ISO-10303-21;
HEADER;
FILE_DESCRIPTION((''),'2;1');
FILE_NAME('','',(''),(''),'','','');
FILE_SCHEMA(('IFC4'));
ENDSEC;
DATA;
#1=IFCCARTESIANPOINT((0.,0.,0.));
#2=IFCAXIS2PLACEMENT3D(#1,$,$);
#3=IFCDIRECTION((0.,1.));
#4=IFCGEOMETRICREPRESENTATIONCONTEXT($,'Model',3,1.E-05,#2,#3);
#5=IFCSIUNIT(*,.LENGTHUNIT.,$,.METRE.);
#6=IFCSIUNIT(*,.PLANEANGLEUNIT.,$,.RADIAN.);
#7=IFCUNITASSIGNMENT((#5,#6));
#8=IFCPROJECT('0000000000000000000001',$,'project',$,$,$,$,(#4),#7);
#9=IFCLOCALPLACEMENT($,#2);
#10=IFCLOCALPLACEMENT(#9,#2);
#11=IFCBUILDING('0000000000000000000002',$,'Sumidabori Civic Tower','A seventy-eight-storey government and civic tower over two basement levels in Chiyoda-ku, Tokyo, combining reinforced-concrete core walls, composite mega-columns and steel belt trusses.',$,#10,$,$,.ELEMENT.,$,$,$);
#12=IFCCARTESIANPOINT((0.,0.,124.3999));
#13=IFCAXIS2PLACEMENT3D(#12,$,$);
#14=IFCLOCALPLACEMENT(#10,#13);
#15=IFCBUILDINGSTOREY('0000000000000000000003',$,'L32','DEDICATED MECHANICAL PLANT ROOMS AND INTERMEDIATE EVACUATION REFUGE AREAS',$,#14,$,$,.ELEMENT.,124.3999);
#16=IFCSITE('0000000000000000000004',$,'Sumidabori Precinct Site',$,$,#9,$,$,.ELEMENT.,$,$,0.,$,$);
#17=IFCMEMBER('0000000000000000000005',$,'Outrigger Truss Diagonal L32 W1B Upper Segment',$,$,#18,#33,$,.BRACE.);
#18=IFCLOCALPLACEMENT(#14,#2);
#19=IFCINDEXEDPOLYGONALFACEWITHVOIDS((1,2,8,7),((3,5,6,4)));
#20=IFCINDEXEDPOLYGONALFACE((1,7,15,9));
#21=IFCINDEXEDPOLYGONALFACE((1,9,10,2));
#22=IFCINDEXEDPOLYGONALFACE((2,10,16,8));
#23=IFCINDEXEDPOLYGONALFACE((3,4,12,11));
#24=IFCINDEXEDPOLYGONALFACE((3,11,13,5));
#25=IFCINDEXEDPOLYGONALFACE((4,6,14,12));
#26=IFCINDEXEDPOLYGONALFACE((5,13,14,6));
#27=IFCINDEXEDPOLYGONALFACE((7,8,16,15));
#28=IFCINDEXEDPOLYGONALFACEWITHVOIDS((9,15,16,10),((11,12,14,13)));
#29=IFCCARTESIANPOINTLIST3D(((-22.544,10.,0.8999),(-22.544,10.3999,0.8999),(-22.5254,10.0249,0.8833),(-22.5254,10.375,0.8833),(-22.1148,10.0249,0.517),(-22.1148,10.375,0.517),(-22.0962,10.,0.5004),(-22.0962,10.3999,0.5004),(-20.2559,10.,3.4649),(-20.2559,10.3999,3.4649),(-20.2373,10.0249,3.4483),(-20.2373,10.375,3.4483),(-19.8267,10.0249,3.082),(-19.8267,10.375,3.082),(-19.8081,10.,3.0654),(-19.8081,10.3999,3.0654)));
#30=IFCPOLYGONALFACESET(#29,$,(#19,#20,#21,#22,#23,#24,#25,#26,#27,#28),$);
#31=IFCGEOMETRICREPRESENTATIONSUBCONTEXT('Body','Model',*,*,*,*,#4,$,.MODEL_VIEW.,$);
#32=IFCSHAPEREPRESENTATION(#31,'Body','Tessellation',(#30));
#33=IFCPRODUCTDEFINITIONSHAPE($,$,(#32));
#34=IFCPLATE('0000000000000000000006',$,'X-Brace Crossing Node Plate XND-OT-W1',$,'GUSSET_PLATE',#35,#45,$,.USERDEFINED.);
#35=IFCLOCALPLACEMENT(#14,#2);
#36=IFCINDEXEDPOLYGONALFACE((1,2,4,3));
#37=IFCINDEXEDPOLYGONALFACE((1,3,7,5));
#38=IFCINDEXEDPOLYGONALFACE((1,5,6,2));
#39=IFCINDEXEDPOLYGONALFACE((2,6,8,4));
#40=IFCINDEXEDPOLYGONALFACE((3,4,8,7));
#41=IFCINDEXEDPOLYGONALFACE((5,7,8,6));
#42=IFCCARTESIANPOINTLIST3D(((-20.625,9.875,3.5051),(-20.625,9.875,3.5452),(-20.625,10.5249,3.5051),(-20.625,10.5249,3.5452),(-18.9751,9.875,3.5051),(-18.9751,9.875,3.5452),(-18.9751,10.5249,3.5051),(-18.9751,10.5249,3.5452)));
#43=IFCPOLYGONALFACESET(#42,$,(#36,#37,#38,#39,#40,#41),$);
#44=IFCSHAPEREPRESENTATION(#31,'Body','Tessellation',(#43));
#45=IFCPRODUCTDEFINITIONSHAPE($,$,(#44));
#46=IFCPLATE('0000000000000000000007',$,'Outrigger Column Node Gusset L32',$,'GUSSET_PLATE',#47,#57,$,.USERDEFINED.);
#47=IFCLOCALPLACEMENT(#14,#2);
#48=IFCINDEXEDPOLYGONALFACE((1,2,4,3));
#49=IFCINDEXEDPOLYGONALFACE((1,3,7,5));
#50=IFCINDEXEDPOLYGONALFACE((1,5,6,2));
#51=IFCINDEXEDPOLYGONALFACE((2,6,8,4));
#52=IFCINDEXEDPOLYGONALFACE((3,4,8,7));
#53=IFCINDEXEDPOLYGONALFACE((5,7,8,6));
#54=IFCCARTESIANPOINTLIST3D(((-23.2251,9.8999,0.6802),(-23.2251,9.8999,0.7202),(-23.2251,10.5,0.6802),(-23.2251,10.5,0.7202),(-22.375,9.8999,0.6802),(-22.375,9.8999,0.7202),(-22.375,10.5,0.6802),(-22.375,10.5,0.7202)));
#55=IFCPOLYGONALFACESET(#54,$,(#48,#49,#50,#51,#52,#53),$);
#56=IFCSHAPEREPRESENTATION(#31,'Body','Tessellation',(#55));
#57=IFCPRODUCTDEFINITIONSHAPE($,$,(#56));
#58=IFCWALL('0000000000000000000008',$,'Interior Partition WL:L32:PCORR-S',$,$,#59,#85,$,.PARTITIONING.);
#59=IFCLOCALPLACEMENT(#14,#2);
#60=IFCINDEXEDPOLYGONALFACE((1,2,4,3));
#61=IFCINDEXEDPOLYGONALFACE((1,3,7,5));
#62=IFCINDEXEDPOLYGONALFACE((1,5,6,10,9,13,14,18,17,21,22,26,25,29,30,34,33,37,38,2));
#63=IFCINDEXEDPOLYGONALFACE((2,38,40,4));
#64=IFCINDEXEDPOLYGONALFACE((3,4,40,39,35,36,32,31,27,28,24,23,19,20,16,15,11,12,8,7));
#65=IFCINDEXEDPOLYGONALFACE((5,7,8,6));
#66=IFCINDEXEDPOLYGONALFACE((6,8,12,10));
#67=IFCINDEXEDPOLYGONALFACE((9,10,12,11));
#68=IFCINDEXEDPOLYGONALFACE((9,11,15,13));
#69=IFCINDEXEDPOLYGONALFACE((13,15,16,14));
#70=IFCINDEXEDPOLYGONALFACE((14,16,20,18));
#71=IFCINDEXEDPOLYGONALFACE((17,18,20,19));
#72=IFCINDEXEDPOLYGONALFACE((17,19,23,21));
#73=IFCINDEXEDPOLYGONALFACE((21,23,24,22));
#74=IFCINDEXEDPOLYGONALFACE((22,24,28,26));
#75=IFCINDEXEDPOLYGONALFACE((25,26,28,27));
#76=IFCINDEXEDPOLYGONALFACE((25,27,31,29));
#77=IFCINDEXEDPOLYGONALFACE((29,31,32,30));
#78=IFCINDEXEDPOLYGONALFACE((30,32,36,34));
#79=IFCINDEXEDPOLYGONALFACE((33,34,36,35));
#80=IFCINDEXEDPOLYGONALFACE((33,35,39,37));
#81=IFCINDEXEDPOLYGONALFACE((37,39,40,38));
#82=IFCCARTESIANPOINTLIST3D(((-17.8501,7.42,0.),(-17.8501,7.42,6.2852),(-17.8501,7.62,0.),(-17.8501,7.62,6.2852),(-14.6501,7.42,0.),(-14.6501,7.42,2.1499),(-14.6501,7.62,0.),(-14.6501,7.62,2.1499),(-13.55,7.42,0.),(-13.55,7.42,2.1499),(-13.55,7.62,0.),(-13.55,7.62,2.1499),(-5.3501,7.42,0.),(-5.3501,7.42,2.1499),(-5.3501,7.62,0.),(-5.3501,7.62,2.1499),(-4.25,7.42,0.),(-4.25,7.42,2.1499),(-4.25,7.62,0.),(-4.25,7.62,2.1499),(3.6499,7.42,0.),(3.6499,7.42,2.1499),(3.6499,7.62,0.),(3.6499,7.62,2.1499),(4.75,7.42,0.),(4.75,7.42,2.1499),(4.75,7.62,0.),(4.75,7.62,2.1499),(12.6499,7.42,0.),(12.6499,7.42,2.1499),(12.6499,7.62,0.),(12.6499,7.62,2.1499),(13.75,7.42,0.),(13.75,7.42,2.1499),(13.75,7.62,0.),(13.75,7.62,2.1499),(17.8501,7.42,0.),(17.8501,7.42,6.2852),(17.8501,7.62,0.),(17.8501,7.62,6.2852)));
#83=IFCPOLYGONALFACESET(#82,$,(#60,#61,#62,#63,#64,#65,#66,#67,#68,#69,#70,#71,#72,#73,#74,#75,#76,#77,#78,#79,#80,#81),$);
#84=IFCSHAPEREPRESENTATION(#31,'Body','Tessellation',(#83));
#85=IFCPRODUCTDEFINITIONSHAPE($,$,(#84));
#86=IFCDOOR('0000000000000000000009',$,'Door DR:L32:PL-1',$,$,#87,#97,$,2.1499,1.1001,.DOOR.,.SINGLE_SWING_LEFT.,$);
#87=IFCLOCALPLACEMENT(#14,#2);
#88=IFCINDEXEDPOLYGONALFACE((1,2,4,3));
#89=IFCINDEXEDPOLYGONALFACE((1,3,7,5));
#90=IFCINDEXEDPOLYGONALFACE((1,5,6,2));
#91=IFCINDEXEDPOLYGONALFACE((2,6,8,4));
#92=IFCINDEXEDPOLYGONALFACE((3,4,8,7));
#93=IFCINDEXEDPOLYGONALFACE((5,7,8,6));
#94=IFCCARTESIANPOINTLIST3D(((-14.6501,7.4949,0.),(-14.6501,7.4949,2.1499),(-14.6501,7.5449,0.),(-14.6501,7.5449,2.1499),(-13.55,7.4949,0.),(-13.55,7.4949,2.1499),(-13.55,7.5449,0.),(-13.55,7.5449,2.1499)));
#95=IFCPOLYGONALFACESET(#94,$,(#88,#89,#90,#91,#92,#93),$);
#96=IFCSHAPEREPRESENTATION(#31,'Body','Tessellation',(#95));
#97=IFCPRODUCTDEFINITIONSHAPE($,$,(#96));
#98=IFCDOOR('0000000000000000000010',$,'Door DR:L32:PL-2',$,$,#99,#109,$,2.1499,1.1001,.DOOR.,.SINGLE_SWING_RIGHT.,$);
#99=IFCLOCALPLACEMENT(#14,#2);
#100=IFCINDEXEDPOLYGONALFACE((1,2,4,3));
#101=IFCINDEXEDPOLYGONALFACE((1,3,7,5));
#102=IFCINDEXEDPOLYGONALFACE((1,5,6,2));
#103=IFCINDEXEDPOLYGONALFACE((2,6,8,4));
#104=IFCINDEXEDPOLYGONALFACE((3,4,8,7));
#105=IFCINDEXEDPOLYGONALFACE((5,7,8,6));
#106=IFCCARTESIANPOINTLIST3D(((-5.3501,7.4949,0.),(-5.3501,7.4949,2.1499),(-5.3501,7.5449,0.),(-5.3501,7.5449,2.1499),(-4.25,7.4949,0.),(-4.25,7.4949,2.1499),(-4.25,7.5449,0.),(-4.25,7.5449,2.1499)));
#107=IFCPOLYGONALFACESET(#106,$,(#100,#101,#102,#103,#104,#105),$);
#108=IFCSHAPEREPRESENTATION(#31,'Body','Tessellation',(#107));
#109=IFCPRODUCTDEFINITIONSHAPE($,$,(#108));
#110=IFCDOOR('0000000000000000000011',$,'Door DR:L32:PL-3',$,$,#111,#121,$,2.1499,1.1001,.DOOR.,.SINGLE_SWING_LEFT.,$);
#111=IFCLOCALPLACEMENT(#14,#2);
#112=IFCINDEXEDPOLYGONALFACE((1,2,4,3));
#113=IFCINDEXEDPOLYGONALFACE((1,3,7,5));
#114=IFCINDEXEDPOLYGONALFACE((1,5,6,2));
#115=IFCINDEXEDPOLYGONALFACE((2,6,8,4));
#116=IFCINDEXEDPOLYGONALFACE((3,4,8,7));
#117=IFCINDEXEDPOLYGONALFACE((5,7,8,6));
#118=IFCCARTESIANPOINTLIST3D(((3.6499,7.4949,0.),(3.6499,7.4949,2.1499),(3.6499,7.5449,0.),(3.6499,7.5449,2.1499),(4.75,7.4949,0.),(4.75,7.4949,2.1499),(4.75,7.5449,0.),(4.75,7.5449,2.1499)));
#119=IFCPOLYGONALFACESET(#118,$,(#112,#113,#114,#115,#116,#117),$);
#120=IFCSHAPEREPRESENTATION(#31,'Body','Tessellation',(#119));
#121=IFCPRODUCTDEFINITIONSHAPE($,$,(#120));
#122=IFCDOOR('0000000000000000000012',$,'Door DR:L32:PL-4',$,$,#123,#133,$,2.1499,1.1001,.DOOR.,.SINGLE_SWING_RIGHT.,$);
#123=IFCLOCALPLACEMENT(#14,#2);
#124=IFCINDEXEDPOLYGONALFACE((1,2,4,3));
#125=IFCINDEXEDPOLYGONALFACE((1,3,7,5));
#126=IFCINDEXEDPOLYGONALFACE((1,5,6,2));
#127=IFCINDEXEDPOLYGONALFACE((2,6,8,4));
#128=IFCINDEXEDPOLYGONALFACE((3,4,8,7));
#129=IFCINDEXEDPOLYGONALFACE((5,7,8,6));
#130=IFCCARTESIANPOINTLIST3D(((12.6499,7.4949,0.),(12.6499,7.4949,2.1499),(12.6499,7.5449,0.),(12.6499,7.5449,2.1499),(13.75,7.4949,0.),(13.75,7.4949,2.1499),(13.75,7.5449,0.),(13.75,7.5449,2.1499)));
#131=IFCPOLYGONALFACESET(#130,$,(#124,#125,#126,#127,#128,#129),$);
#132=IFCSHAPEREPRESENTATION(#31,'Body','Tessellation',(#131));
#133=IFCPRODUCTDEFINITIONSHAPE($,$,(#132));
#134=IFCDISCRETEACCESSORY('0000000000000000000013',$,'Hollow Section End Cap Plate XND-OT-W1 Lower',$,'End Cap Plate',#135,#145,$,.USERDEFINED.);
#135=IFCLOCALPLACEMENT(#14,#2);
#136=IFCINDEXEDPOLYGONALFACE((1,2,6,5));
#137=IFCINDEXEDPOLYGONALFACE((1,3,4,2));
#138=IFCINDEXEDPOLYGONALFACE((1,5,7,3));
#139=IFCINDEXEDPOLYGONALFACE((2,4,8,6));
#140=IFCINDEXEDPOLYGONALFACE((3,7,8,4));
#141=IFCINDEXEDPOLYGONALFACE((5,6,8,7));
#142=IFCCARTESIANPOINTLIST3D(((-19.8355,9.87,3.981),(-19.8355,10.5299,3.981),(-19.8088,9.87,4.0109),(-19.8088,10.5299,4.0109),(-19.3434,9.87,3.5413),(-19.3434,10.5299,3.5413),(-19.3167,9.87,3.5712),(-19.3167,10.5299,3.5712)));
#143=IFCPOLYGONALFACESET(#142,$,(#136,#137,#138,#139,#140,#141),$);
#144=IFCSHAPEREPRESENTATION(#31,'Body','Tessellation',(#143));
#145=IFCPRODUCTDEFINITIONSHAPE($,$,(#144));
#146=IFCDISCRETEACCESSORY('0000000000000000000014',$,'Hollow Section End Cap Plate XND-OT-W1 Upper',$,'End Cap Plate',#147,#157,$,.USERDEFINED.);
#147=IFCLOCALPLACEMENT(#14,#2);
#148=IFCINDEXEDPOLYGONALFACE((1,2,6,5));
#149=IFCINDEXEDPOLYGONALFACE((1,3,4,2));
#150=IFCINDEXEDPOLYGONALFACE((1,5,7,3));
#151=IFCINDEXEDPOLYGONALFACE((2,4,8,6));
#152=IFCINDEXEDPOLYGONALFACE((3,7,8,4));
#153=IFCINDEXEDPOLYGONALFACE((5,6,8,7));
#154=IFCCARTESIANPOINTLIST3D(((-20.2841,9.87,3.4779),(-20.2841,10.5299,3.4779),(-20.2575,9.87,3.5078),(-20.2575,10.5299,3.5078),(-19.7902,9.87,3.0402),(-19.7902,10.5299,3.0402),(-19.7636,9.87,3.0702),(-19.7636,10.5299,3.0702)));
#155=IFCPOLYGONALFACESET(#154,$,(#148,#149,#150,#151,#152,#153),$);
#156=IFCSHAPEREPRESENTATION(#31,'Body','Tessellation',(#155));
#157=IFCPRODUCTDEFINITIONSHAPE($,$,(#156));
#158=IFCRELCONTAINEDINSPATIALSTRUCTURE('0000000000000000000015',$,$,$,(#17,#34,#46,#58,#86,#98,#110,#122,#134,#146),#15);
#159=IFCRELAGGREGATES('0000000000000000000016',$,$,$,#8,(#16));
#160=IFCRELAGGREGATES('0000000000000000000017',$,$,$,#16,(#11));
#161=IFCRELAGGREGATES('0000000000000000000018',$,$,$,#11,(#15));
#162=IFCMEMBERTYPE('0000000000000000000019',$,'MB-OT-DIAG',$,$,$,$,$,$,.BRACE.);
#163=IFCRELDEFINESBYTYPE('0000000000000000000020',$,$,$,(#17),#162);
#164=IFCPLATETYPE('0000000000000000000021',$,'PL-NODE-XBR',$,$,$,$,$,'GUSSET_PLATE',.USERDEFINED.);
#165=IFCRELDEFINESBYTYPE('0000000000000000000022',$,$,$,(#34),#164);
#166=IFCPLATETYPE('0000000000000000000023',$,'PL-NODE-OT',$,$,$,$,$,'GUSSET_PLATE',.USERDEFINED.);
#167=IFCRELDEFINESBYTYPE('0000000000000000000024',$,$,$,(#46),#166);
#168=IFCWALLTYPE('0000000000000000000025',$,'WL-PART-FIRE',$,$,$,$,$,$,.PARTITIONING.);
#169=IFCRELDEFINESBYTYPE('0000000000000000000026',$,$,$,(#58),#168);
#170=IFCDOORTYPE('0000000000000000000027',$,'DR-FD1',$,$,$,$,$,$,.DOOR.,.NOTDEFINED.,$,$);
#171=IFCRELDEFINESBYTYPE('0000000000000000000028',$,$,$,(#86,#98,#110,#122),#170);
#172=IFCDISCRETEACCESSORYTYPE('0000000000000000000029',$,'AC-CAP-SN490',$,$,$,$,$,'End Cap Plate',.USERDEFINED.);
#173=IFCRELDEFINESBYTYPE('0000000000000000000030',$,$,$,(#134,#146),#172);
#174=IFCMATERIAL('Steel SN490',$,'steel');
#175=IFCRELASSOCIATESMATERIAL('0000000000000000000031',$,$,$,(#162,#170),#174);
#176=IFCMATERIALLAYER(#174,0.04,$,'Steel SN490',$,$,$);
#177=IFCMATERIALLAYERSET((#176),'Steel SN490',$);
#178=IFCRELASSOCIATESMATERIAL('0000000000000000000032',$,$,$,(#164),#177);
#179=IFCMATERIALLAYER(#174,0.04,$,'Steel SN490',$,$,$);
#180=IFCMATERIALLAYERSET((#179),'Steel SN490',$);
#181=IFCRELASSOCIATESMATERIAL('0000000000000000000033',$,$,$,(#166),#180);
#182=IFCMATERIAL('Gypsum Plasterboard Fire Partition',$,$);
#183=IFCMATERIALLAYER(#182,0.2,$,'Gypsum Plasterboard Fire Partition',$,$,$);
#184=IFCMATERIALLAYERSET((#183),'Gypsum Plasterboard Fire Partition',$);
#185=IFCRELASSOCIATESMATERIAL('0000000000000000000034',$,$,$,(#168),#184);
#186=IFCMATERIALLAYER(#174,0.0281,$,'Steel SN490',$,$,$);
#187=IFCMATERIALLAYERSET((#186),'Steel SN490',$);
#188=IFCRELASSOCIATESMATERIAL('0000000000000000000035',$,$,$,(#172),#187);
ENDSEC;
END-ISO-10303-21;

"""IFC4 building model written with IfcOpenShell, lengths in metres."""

from ifc_helpers import new_model, si_unit, direction, frame, frame_2d, origin, origin_2d, place, context, subcontext, project, spatial, rectangle, hollow_rectangle, extrude, source, transform, mapped, material, layer, layer_set, material_profile, profile_set, type_object, element, fill, save


model = new_model("IFC4")

# Units and contexts
model_context = context("Model", 3, precision=1e-05, world=origin(), true_north=direction((0.0, 1.0)))
body_context = subcontext(model_context, "Body", "Model", "MODEL_VIEW")
ifc_project = project(units=[si_unit("LENGTHUNIT", "METRE"), si_unit("PLANEANGLEUNIT", "RADIAN")], contexts=[model_context])

# Site, building, storey
site_placement = place(None, origin())
site = spatial("IfcSite", under=ifc_project, at=site_placement, Name="Sumidabori Precinct Site", CompositionType="ELEMENT", RefElevation=0.0)
building_placement = place(site_placement, origin())
building = spatial("IfcBuilding", under=site, at=building_placement, Name="Sumidabori Civic Tower", Description="A seventy-eight-storey government and civic tower over two basement levels in Chiyoda-ku, Tokyo, combining reinforced-concrete core walls, composite mega-columns and steel belt trusses.", CompositionType="ELEMENT")
storey_placement = place(building_placement, frame((0.0, 0.0, 124.3999)))
storey = spatial("IfcBuildingStorey", under=building, at=storey_placement, Name="L32", Description="DEDICATED MECHANICAL PLANT ROOMS AND INTERMEDIATE EVACUATION REFUGE AREAS", CompositionType="ELEMENT", Elevation=124.3999)

# Shared definitions
ifc_material_1 = material(Name="Steel SN490", Category="steel")

# Member
ifc_material_profile_1 = material_profile(ifc_material_1, hollow_rectangle(XDim=0.3999, YDim=0.6001, WallThickness=0.0249, at=origin_2d()), Name="RHS 600x400x25")
ifc_profile_set_1 = profile_set([ifc_material_profile_1], Name="Steel SN490")
member_type = type_object("IfcMemberType", Name="MB-OT-DIAG", PredefinedType="BRACE", material=ifc_profile_set_1)
shared_shape_1 = source(origin(), body_context, "Body", "SweptSolid", [
    extrude(hollow_rectangle(XDim=0.3999, YDim=0.6001, WallThickness=0.0249, at=origin_2d()), origin(), (0.0, 0.0, 1.0), 3.4373),
])
member_1_placement = place(storey_placement, frame((-20.032, 10.2, 3.2651), z_axis=(-0.665685, 0.0, -0.746232), x_axis=(0.0, -1.0, 0.0)))
element("IfcMember", 1, at=member_1_placement, inside=storey, type_object=member_type, Name="Outrigger Truss Diagonal L32 W1B Upper Segment", PredefinedType="BRACE", context=body_context, shape_type="MappedRepresentation", body=[
    mapped(shared_shape_1, transform((0.0, 0.0, 0.0), x_axis=(1.0, 0.0, 0.0), y_axis=(0.0, 1.0, 0.0), z_axis=(0.0, 0.0, 1.0), scale=1.0)),
])

# Plates
ifc_layer_1 = layer(ifc_material_1, 0.04, Name="Steel SN490")
ifc_layer_set_1 = layer_set([ifc_layer_1], Name="Steel SN490")
plate_type_1 = type_object("IfcPlateType", Name="PL-NODE-XBR", ElementType="GUSSET_PLATE", PredefinedType="USERDEFINED", material=ifc_layer_set_1)
shared_shape_2 = source(origin(), body_context, "Body", "SweptSolid", [
    extrude(rectangle(XDim=1.6499, YDim=0.6499, at=origin_2d()), origin(), (0.0, 0.0, 1.0), 0.04),
])
plate_1_placement = place(storey_placement, frame((-19.8, 10.2, 3.5051), z_axis=(0.0, 0.0, 1.0), x_axis=(-1.0, 0.0, 0.0)))
element("IfcPlate", 2, at=plate_1_placement, inside=storey, type_object=plate_type_1, Name="X-Brace Crossing Node Plate XND-OT-W1", ObjectType="GUSSET_PLATE", PredefinedType="USERDEFINED", context=body_context, shape_type="MappedRepresentation", body=[
    mapped(shared_shape_2, transform((0.0, 0.0, 0.0), x_axis=(1.0, 0.0, 0.0), y_axis=(0.0, 1.0, 0.0), z_axis=(0.0, 0.0, 1.0), scale=1.0)),
])
ifc_layer_2 = layer(ifc_material_1, 0.04, Name="Steel SN490")
ifc_layer_set_2 = layer_set([ifc_layer_2], Name="Steel SN490")
plate_type_2 = type_object("IfcPlateType", Name="PL-NODE-OT", ElementType="GUSSET_PLATE", PredefinedType="USERDEFINED", material=ifc_layer_set_2)
shared_shape_3 = source(origin(), body_context, "Body", "SweptSolid", [
    extrude(rectangle(XDim=0.8501, YDim=0.6001, at=origin_2d()), origin(), (0.0, 0.0, 1.0), 0.04),
])
plate_2_placement = place(storey_placement, frame((-22.8, 10.2, 0.6802), z_axis=(0.0, 0.0, 1.0), x_axis=(1.0, 0.0, 0.0)))
element("IfcPlate", 3, at=plate_2_placement, inside=storey, type_object=plate_type_2, Name="Outrigger Column Node Gusset L32", ObjectType="GUSSET_PLATE", PredefinedType="USERDEFINED", context=body_context, shape_type="MappedRepresentation", body=[
    mapped(shared_shape_3, transform((0.0, 0.0, 0.0), x_axis=(1.0, 0.0, 0.0), y_axis=(0.0, 1.0, 0.0), z_axis=(0.0, 0.0, 1.0), scale=1.0)),
])

# Wall, openings, doors
ifc_material_2 = material(Name="Gypsum Plasterboard Fire Partition")
ifc_layer_3 = layer(ifc_material_2, 0.2, Name="Gypsum Plasterboard Fire Partition")
ifc_layer_set_3 = layer_set([ifc_layer_3], Name="Gypsum Plasterboard Fire Partition")
wall_type = type_object("IfcWallType", Name="WL-PART-FIRE", PredefinedType="PARTITIONING", material=ifc_layer_set_3)
shared_shape_4 = source(origin(), body_context, "Body", "SweptSolid", [
    extrude(rectangle(XDim=35.7002, YDim=0.2, at=frame_2d((17.8501, 0.0))), origin(), (0.0, 0.0, 1.0), 6.2852),
])
wall_placement = place(storey_placement, frame((-17.8501, 7.52, 0.0), z_axis=(0.0, 0.0, 1.0), x_axis=(1.0, 0.0, 0.0)))
wall = element("IfcWall", 4, at=wall_placement, inside=storey, type_object=wall_type, Name="Interior Partition WL:L32:PCORR-S", PredefinedType="PARTITIONING", context=body_context, shape_type="MappedRepresentation", body=[
    mapped(shared_shape_4, transform((0.0, 0.0, 0.0), x_axis=(1.0, 0.0, 0.0), y_axis=(0.0, 1.0, 0.0), z_axis=(0.0, 0.0, 1.0), scale=1.0)),
])
opening_1_placement = place(wall_placement, frame((3.2, 0.0, 0.0)))
opening_1 = element("IfcOpeningElement", 5, at=opening_1_placement, cuts=wall, PredefinedType="OPENING", context=body_context, shape_type="SweptSolid", body=[
    extrude(rectangle(XDim=1.1001, YDim=2.1499, at=frame_2d((0.55, 1.075))), frame((0.0, 0.1118, 0.0), z_axis=(0.0, -1.0, 0.0), x_axis=(1.0, 0.0, 0.0)), (0.0, 0.0, 1.0), 0.2239),
])
opening_2_placement = place(wall_placement, frame((12.5, 0.0, 0.0)))
opening_2 = element("IfcOpeningElement", 6, at=opening_2_placement, cuts=wall, PredefinedType="OPENING", context=body_context, shape_type="SweptSolid", body=[
    extrude(rectangle(XDim=1.1001, YDim=2.1499, at=frame_2d((0.55, 1.075))), frame((0.0, 0.1118, 0.0), z_axis=(0.0, -1.0, 0.0), x_axis=(1.0, 0.0, 0.0)), (0.0, 0.0, 1.0), 0.2239),
])
opening_3_placement = place(wall_placement, frame((21.5, 0.0, 0.0)))
opening_3 = element("IfcOpeningElement", 7, at=opening_3_placement, cuts=wall, PredefinedType="OPENING", context=body_context, shape_type="SweptSolid", body=[
    extrude(rectangle(XDim=1.1001, YDim=2.1499, at=frame_2d((0.55, 1.075))), frame((0.0, 0.1118, 0.0), z_axis=(0.0, -1.0, 0.0), x_axis=(1.0, 0.0, 0.0)), (0.0, 0.0, 1.0), 0.2239),
])
opening_4_placement = place(wall_placement, frame((30.5, 0.0, 0.0)))
opening_4 = element("IfcOpeningElement", 8, at=opening_4_placement, cuts=wall, PredefinedType="OPENING", context=body_context, shape_type="SweptSolid", body=[
    extrude(rectangle(XDim=1.1001, YDim=2.1499, at=frame_2d((0.55, 1.075))), frame((0.0, 0.1118, 0.0), z_axis=(0.0, -1.0, 0.0), x_axis=(1.0, 0.0, 0.0)), (0.0, 0.0, 1.0), 0.2239),
])
door_type = type_object("IfcDoorType", Name="DR-FD1", OperationType="NOTDEFINED", PredefinedType="DOOR", material=ifc_material_1)
shared_shape_5 = source(origin(), body_context, "Body", "SweptSolid", [
    extrude(rectangle(XDim=1.1001, YDim=2.1499, at=frame_2d((0.55, 1.075))), frame((0.0, 0.0249, 0.0), z_axis=(0.0, -1.0, 0.0), x_axis=(1.0, 0.0, 0.0)), (0.0, 0.0, 1.0), 0.05),
])
door_1_placement = place(opening_1_placement, origin())
door_1 = element("IfcDoor", 9, at=door_1_placement, inside=storey, type_object=door_type, Name="Door DR:L32:PL-1", OperationType="SINGLE_SWING_LEFT", OverallHeight=2.1499, OverallWidth=1.1001, PredefinedType="DOOR", context=body_context, shape_type="MappedRepresentation", body=[
    mapped(shared_shape_5, transform((0.0, 0.0, 0.0), x_axis=(1.0, 0.0, 0.0), y_axis=(0.0, 1.0, 0.0), z_axis=(0.0, 0.0, 1.0), scale=1.0)),
])
fill(opening_1, door_1)
door_2_placement = place(opening_2_placement, origin())
door_2 = element("IfcDoor", 10, at=door_2_placement, inside=storey, type_object=door_type, Name="Door DR:L32:PL-2", OperationType="SINGLE_SWING_RIGHT", OverallHeight=2.1499, OverallWidth=1.1001, PredefinedType="DOOR", context=body_context, shape_type="MappedRepresentation", body=[
    mapped(shared_shape_5, transform((0.0, 0.0, 0.0), x_axis=(1.0, 0.0, 0.0), y_axis=(0.0, 1.0, 0.0), z_axis=(0.0, 0.0, 1.0), scale=1.0)),
])
fill(opening_2, door_2)
door_3_placement = place(opening_3_placement, origin())
door_3 = element("IfcDoor", 11, at=door_3_placement, inside=storey, type_object=door_type, Name="Door DR:L32:PL-3", OperationType="SINGLE_SWING_LEFT", OverallHeight=2.1499, OverallWidth=1.1001, PredefinedType="DOOR", context=body_context, shape_type="MappedRepresentation", body=[
    mapped(shared_shape_5, transform((0.0, 0.0, 0.0), x_axis=(1.0, 0.0, 0.0), y_axis=(0.0, 1.0, 0.0), z_axis=(0.0, 0.0, 1.0), scale=1.0)),
])
fill(opening_3, door_3)
door_4_placement = place(opening_4_placement, origin())
door_4 = element("IfcDoor", 12, at=door_4_placement, inside=storey, type_object=door_type, Name="Door DR:L32:PL-4", OperationType="SINGLE_SWING_RIGHT", OverallHeight=2.1499, OverallWidth=1.1001, PredefinedType="DOOR", context=body_context, shape_type="MappedRepresentation", body=[
    mapped(shared_shape_5, transform((0.0, 0.0, 0.0), x_axis=(1.0, 0.0, 0.0), y_axis=(0.0, 1.0, 0.0), z_axis=(0.0, 0.0, 1.0), scale=1.0)),
])
fill(opening_4, door_4)

# Discrete accessories
ifc_layer_4 = layer(ifc_material_1, 0.0281, Name="Steel SN490")
ifc_layer_set_4 = layer_set([ifc_layer_4], Name="Steel SN490")
discrete_accessory_type_1 = type_object("IfcDiscreteAccessoryType", Name="AC-CAP-SN490", ElementType="End Cap Plate", PredefinedType="USERDEFINED", material=ifc_layer_set_4)
shared_shape_6 = source(origin(), body_context, "Body", "SweptSolid", [
    extrude(rectangle(XDim=0.6599, YDim=0.6599, at=origin_2d()), origin(), (0.0, 0.0, 1.0), 0.04),
])
for number, where, z_axis, x_axis, name in (
    (13, (-19.5627, 10.2, 3.791), (-0.666259, 0.0, -0.745721), (0.0, -1.0, 0.0), "Hollow Section End Cap Plate XND-OT-W1 Lower"),
    (14, (-20.0371, 10.2, 3.259), (0.66323, 0.0, 0.748416), (0.0, 1.0, 0.0), "Hollow Section End Cap Plate XND-OT-W1 Upper"),
):
    element("IfcDiscreteAccessory", number, at=place(storey_placement, frame(where, z_axis=z_axis, x_axis=x_axis)), inside=storey, type_object=discrete_accessory_type_1, Name=name, ObjectType="End Cap Plate", PredefinedType="USERDEFINED", context=body_context, shape_type="MappedRepresentation", body=[
        mapped(shared_shape_6, transform((0.0, 0.0, 0.0), x_axis=(1.0, 0.0, 0.0), y_axis=(0.0, 1.0, 0.0), z_axis=(0.0, 0.0, 1.0), scale=1.0)),
    ])

save(model, "model.ifc")
